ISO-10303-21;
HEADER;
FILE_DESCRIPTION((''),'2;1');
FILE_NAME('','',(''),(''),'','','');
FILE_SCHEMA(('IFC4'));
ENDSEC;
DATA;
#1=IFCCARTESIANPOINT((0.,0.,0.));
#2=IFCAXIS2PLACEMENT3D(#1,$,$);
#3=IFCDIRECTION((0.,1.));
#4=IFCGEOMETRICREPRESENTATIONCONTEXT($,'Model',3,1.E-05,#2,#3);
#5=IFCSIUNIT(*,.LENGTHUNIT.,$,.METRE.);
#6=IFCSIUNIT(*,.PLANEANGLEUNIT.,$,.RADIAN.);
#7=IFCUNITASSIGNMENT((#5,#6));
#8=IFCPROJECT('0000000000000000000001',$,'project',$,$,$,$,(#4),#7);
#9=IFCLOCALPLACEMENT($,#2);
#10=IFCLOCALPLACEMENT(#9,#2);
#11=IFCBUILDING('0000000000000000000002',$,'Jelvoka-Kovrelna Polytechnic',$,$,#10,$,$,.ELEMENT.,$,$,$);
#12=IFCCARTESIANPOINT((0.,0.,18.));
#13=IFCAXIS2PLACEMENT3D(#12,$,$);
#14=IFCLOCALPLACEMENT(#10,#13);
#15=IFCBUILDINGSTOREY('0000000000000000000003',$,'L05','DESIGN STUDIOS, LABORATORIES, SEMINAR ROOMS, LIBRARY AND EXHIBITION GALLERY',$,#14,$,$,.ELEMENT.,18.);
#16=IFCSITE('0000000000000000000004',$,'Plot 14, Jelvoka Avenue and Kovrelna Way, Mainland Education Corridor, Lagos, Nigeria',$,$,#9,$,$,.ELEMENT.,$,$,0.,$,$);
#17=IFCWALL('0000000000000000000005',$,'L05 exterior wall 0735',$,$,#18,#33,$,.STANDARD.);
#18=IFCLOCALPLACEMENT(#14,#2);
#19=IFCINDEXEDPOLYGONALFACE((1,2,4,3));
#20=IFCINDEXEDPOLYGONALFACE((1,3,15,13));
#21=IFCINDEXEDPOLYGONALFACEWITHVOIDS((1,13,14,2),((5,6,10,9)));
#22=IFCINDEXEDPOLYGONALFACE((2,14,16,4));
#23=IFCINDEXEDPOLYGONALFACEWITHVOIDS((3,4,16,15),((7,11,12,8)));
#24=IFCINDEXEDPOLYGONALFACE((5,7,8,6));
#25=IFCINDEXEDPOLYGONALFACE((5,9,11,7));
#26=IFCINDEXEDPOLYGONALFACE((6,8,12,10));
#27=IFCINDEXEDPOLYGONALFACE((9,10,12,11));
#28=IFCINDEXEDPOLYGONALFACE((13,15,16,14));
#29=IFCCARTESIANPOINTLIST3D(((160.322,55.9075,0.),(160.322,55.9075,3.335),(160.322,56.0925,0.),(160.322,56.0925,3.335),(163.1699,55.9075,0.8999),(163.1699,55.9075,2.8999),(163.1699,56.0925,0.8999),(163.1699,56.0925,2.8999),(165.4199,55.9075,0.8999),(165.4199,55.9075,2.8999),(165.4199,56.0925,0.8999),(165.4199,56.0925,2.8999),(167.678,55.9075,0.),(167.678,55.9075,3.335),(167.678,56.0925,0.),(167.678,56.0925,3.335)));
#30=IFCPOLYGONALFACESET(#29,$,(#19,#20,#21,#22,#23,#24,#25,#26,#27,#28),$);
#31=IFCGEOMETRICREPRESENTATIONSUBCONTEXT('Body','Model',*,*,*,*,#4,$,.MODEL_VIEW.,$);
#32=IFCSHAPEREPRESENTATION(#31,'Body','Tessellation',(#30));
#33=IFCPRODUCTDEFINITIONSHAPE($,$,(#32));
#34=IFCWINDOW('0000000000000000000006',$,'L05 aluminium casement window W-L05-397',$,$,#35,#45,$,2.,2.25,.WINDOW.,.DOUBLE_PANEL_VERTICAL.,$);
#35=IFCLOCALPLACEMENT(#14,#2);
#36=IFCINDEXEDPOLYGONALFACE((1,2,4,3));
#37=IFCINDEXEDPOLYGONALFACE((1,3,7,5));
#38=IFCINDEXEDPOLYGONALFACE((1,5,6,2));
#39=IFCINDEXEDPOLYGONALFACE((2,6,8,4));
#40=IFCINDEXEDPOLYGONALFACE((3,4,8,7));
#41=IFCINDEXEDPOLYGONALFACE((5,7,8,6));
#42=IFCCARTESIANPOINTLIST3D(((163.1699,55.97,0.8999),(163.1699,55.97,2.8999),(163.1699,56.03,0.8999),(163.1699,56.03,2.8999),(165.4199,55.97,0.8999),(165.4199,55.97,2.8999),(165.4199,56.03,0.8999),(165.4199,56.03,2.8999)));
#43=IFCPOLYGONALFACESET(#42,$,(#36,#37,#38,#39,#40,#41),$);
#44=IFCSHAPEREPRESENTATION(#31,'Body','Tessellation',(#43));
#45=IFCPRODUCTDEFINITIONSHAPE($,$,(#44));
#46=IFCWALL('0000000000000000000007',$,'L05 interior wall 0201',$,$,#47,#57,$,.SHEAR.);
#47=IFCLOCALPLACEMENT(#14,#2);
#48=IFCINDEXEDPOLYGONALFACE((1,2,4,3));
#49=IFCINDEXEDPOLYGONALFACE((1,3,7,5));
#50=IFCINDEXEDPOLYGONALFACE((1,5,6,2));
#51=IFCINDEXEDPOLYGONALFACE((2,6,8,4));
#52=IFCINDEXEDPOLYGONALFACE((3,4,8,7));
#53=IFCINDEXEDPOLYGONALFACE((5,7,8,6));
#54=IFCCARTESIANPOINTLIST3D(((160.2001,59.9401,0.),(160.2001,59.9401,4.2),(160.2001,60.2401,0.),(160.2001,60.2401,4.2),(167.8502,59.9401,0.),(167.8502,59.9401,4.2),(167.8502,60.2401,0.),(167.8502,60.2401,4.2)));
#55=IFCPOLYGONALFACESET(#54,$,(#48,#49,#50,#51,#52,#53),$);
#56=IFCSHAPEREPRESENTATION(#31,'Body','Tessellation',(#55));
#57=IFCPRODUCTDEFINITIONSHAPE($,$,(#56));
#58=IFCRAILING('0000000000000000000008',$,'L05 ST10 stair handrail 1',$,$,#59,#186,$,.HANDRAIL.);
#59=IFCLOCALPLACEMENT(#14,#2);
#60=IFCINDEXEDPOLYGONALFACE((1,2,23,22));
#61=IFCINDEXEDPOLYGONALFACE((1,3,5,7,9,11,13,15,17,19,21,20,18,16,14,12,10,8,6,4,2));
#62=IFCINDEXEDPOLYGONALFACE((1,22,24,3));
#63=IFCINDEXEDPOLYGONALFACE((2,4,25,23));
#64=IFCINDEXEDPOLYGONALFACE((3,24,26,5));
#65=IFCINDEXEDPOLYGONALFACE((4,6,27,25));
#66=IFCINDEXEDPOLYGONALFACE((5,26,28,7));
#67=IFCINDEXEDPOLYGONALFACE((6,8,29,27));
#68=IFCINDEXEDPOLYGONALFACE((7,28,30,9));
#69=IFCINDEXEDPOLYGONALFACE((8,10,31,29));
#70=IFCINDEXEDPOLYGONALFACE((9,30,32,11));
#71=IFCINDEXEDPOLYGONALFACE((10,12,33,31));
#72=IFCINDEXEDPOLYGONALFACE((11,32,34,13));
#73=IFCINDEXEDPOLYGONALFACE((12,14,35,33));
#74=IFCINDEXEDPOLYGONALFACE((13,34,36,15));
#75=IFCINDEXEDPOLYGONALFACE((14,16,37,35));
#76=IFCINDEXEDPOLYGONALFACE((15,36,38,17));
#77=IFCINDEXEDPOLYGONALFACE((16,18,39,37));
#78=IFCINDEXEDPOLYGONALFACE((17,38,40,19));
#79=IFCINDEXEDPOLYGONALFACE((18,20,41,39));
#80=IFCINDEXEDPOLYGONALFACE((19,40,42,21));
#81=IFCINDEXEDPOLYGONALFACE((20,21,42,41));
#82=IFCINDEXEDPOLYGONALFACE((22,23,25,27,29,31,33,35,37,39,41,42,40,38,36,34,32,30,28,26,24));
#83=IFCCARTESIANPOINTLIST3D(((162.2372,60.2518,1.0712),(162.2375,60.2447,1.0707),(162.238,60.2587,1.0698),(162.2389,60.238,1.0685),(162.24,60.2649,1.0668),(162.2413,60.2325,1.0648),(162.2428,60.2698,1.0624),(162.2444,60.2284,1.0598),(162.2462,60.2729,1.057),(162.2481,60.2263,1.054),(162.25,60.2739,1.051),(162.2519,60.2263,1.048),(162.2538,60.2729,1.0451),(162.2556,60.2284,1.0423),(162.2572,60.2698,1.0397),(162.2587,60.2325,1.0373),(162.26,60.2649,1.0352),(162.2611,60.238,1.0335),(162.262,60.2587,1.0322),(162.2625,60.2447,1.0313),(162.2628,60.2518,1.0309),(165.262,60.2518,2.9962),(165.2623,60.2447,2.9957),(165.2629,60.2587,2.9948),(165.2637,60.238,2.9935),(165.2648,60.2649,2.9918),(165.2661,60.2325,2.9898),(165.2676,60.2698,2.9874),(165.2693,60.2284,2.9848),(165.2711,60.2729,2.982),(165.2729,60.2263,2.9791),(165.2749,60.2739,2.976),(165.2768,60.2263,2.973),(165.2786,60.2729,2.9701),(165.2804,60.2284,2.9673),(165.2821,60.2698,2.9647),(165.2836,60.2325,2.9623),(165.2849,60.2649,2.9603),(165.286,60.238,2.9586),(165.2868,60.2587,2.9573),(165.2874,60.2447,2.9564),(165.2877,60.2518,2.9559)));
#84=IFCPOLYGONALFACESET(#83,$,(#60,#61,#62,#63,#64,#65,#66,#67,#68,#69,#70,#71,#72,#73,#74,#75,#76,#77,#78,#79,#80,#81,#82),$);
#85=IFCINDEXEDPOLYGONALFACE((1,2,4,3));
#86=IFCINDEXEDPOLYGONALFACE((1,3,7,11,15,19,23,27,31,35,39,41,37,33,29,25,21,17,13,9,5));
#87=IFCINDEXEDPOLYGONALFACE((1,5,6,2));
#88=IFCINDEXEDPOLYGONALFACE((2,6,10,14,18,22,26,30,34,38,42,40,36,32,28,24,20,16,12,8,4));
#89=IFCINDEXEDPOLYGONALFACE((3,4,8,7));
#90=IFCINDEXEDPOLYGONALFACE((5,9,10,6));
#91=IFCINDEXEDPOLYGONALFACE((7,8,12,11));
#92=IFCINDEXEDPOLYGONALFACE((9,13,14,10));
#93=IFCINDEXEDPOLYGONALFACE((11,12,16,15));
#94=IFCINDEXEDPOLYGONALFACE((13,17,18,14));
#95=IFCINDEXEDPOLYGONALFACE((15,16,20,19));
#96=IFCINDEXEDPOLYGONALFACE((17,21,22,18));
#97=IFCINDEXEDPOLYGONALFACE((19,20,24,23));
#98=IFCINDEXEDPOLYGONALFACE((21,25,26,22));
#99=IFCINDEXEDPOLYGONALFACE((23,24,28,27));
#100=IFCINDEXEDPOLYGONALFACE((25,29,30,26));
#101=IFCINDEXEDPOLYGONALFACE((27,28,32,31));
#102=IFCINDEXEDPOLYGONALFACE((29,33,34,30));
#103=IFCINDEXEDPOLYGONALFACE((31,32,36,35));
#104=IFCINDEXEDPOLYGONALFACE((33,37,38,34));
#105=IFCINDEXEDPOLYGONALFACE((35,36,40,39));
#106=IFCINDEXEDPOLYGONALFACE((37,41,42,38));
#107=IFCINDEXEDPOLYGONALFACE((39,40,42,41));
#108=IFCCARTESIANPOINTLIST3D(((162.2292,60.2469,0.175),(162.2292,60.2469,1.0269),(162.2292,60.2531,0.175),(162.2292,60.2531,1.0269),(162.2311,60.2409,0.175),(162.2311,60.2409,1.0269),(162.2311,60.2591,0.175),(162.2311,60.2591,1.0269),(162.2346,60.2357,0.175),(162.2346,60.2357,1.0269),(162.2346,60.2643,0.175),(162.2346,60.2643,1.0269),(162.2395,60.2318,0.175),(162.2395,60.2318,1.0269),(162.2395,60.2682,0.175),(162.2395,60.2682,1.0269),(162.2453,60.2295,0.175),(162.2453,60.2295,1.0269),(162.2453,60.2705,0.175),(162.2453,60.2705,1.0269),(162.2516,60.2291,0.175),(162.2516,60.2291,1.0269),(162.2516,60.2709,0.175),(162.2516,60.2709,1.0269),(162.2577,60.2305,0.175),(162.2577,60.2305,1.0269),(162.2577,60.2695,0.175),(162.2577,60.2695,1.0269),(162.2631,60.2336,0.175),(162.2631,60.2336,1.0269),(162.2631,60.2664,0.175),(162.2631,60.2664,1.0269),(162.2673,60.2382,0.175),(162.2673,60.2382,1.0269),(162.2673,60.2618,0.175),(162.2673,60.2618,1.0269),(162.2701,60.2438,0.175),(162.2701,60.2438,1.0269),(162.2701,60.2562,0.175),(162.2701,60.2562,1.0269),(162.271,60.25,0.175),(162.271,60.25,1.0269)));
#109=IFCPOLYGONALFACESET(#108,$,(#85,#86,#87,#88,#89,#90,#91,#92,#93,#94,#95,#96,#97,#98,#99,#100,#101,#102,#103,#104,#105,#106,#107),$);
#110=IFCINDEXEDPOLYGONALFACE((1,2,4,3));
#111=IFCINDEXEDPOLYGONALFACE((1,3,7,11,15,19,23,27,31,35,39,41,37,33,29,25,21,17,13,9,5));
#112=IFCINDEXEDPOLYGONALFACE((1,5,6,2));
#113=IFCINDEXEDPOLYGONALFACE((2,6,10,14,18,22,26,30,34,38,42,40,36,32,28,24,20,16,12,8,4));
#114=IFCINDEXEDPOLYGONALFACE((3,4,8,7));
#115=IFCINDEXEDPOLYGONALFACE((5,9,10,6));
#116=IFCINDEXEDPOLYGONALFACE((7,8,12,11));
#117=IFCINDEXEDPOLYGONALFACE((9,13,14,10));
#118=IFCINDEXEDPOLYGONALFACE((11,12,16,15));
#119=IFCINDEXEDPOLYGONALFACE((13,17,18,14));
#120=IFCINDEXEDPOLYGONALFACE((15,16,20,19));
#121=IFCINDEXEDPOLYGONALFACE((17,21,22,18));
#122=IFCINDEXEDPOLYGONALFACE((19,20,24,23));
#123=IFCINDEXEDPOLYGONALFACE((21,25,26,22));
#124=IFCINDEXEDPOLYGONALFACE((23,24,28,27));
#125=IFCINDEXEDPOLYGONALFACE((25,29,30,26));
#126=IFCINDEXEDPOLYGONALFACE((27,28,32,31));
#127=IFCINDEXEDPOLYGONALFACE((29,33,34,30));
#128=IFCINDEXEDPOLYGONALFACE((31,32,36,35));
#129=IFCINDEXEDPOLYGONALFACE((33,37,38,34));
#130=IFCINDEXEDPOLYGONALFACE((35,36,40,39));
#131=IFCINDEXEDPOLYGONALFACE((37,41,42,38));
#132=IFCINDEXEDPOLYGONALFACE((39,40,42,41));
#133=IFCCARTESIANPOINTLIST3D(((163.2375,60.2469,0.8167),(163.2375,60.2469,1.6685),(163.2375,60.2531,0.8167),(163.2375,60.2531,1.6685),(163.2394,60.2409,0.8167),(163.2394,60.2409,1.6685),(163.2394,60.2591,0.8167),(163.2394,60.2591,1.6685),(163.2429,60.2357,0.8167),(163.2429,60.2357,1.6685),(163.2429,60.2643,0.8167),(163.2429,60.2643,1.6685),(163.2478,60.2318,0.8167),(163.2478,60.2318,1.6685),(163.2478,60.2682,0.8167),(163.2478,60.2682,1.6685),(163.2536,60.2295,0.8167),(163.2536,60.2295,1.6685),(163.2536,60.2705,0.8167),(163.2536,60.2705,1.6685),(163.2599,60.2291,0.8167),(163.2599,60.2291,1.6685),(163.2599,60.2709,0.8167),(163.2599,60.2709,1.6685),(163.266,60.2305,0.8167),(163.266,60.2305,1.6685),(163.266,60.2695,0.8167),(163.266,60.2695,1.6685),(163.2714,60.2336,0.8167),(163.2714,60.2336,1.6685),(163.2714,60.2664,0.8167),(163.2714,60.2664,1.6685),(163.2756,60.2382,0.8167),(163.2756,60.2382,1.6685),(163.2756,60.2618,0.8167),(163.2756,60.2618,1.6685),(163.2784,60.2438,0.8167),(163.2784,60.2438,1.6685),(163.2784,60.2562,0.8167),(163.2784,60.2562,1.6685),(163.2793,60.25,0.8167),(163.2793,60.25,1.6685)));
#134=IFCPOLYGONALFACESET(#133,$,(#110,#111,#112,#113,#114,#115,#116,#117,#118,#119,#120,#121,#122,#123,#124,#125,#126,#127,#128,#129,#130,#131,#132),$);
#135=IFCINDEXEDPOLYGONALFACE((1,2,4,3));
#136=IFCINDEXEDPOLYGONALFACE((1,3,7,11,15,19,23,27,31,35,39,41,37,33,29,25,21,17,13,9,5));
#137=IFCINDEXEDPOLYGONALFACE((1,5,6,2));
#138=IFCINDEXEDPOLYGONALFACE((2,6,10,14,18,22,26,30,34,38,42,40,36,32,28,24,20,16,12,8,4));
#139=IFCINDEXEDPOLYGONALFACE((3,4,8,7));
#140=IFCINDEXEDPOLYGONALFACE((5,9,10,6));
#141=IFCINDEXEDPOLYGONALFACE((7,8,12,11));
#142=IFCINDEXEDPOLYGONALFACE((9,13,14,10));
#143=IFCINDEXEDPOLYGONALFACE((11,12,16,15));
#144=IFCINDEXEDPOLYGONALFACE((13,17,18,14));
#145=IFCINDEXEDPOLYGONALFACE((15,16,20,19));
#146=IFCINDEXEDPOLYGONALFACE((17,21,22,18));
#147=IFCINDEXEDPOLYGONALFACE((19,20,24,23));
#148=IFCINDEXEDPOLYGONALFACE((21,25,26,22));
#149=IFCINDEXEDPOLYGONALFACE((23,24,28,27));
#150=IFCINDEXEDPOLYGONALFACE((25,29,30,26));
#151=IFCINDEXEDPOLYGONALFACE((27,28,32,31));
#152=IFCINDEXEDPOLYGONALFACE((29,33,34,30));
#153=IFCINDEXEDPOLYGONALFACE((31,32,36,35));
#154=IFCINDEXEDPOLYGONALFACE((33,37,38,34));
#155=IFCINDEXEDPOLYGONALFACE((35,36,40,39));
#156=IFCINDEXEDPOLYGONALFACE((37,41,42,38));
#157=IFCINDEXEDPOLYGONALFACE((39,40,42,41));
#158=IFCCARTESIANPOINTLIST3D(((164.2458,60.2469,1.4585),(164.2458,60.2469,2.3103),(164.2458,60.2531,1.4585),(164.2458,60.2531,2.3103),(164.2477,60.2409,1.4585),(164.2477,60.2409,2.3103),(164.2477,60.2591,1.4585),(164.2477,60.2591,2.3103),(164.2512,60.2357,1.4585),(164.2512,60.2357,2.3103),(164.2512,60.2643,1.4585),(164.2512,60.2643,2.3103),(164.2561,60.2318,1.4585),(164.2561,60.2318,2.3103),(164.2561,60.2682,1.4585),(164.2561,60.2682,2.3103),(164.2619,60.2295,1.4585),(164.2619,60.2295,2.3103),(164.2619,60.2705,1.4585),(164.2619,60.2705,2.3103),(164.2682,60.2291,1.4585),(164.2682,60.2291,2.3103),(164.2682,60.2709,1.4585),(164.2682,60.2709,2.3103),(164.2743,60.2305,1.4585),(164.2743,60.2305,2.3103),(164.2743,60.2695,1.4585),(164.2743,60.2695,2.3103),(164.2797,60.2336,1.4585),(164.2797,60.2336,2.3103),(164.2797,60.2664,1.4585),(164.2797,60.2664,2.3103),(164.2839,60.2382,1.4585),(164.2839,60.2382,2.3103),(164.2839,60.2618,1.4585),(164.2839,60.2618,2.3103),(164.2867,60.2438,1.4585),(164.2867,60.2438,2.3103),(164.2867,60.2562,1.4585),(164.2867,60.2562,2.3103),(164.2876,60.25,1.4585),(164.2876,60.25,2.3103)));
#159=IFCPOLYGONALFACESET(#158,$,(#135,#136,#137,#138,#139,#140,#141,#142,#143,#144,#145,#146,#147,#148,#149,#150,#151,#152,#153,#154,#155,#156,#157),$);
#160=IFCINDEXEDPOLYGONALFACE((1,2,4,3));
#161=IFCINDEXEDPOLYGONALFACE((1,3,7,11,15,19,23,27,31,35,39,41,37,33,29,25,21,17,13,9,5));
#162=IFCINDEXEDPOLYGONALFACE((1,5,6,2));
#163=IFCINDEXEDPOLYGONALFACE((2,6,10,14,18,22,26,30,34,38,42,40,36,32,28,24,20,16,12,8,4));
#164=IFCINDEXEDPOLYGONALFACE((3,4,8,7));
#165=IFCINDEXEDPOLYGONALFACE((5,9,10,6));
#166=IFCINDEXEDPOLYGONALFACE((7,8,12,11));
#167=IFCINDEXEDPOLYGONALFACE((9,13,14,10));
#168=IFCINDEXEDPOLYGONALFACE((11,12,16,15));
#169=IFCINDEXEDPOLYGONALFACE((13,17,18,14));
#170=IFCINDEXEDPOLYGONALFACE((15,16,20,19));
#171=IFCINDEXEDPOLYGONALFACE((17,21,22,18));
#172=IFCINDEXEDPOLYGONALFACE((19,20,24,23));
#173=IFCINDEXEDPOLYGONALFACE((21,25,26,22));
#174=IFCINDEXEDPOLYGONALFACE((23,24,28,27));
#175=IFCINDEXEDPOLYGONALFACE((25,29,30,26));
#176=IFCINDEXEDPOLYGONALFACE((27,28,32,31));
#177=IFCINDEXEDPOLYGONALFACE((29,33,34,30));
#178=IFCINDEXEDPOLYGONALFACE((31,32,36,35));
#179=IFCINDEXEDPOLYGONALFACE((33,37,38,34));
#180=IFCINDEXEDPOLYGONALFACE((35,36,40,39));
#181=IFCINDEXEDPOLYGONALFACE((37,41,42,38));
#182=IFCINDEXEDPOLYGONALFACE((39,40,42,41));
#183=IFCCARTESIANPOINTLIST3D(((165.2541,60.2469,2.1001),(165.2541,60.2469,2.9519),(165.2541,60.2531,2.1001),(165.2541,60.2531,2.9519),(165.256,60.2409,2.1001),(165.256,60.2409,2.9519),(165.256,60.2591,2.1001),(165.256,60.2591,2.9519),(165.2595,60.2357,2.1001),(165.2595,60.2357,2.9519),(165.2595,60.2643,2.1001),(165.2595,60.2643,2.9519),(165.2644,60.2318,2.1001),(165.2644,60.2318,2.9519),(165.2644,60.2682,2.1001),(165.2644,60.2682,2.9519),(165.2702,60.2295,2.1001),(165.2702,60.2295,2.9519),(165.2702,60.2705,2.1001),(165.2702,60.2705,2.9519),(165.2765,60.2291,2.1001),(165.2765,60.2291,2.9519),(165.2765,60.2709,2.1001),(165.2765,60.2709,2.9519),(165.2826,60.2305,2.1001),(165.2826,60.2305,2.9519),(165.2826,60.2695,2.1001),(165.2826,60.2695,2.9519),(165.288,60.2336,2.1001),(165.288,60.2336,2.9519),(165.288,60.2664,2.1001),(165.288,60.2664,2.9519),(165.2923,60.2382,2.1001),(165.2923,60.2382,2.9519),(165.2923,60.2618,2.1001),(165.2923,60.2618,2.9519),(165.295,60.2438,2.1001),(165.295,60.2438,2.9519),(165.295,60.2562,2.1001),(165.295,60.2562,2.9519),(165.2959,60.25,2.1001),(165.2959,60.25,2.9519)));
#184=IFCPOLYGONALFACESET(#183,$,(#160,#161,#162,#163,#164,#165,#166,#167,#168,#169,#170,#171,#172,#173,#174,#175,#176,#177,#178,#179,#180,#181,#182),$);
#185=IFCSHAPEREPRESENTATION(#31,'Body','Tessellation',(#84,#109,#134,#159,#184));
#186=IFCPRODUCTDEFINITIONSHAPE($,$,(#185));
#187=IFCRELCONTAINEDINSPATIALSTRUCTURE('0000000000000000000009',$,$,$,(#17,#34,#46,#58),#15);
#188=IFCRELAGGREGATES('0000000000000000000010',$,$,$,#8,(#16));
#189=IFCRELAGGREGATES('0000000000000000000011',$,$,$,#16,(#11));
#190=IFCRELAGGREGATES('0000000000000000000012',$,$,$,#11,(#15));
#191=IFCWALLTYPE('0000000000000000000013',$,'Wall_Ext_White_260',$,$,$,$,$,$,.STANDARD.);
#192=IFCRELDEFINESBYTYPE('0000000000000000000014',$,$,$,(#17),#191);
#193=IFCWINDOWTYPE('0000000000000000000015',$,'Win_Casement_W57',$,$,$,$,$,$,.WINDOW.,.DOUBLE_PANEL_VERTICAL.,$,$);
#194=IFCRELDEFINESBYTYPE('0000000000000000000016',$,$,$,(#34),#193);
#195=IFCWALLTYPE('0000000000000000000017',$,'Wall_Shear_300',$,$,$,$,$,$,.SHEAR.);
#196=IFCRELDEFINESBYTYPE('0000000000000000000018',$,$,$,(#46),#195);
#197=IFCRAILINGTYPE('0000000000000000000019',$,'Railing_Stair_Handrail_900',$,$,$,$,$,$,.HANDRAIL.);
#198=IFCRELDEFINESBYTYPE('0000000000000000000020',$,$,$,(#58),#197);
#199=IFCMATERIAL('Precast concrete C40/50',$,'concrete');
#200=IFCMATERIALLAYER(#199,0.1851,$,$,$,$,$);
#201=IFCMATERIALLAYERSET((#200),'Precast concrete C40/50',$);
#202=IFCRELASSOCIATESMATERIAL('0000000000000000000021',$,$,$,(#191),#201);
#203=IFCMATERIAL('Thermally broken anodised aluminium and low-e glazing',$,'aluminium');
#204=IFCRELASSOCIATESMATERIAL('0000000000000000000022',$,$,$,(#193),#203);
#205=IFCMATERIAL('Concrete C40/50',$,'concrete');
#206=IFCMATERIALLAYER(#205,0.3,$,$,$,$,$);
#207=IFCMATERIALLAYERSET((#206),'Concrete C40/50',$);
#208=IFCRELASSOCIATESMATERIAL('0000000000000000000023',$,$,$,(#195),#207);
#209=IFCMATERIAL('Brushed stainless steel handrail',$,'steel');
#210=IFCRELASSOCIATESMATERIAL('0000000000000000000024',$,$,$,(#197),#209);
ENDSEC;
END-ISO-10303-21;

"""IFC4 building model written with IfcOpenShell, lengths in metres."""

from ifc_helpers import new_model, si_unit, direction, frame, frame_2d, origin, origin_2d, place, context, subcontext, project, spatial, rectangle, circle, extrude, material, layer, layer_set, type_object, element, fill, save


model = new_model("IFC4")

# Units and contexts
model_context = context("Model", 3, precision=1e-05, world=origin(), true_north=direction((0.0, 1.0)))
body_context = subcontext(model_context, "Body", "Model", "MODEL_VIEW")
ifc_project = project(units=[si_unit("LENGTHUNIT", "METRE"), si_unit("PLANEANGLEUNIT", "RADIAN")], contexts=[model_context])

# Site, building, storey
site_placement = place(None, origin())
site = spatial("IfcSite", under=ifc_project, at=site_placement, Name="Plot 14, Jelvoka Avenue and Kovrelna Way, Mainland Education Corridor, Lagos, Nigeria", CompositionType="ELEMENT", RefElevation=0.0)
building_placement = place(site_placement, origin())
building = spatial("IfcBuilding", under=site, at=building_placement, Name="Jelvoka-Kovrelna Polytechnic", CompositionType="ELEMENT")
storey_placement = place(building_placement, frame((0.0, 0.0, 18.0)))
storey = spatial("IfcBuildingStorey", under=building, at=storey_placement, Name="L05", Description="DESIGN STUDIOS, LABORATORIES, SEMINAR ROOMS, LIBRARY AND EXHIBITION GALLERY", CompositionType="ELEMENT", Elevation=18.0)

# Wall, opening, window
ifc_material_1 = material(Name="Precast concrete C40/50", Category="concrete")
ifc_layer_1 = layer(ifc_material_1, 0.1851)
ifc_layer_set_1 = layer_set([ifc_layer_1], Name="Precast concrete C40/50")
wall_type_1 = type_object("IfcWallType", Name="Wall_Ext_White_260", PredefinedType="STANDARD", material=ifc_layer_set_1)
wall_1_placement = place(storey_placement, frame((167.678, 56.0, 0.0), z_axis=(0.0, 0.0, 1.0), x_axis=(-1.0, 0.0, 0.0)))
wall_1 = element("IfcWall", 1, at=wall_1_placement, inside=storey, type_object=wall_type_1, Name="L05 exterior wall 0735", PredefinedType="STANDARD", context=body_context, shape_type="SweptSolid", body=[
    extrude(rectangle(XDim=7.356, YDim=0.1851, at=frame_2d((3.678, 0.0))), origin(), (0.0, 0.0, 1.0), 3.335),
])
opening_placement = place(wall_1_placement, frame((2.2581, 0.0, 0.8999)))
opening = element("IfcOpeningElement", 2, at=opening_placement, cuts=wall_1, PredefinedType="OPENING", context=body_context, shape_type="SweptSolid", body=[
    extrude(rectangle(XDim=2.25, YDim=2.0, at=frame_2d((1.125, 1.0))), frame((0.0, 0.1025, 0.0), z_axis=(0.0, -1.0, 0.0), x_axis=(1.0, 0.0, 0.0)), (0.0, 0.0, 1.0), 0.2051),
])
ifc_material_2 = material(Name="Thermally broken anodised aluminium and low-e glazing", Category="aluminium")
window_type = type_object("IfcWindowType", Name="Win_Casement_W57", PartitioningType="DOUBLE_PANEL_VERTICAL", PredefinedType="WINDOW", material=ifc_material_2)
window_placement = place(opening_placement, origin())
window = element("IfcWindow", 3, at=window_placement, inside=storey, type_object=window_type, Name="L05 aluminium casement window W-L05-397", OverallHeight=2.0, OverallWidth=2.25, PartitioningType="DOUBLE_PANEL_VERTICAL", PredefinedType="WINDOW", context=body_context, shape_type="SweptSolid", body=[
    extrude(rectangle(XDim=2.25, YDim=2.0, at=frame_2d((1.125, 1.0))), frame((0.0, 0.03, 0.0), z_axis=(0.0, -1.0, 0.0), x_axis=(1.0, 0.0, 0.0)), (0.0, 0.0, 1.0), 0.0601),
])
fill(opening, window)

# Wall
ifc_material_3 = material(Name="Concrete C40/50", Category="concrete")
ifc_layer_2 = layer(ifc_material_3, 0.3)
ifc_layer_set_2 = layer_set([ifc_layer_2], Name="Concrete C40/50")
wall_type_2 = type_object("IfcWallType", Name="Wall_Shear_300", PredefinedType="SHEAR", material=ifc_layer_set_2)
wall_2_placement = place(storey_placement, frame((160.2, 60.0901, 0.0), z_axis=(0.0, 0.0, 1.0), x_axis=(1.0, 0.0, 0.0)))
element("IfcWall", 4, at=wall_2_placement, inside=storey, type_object=wall_type_2, Name="L05 interior wall 0201", PredefinedType="SHEAR", context=body_context, shape_type="SweptSolid", body=[
    extrude(rectangle(XDim=7.6501, YDim=0.3, at=frame_2d((3.8252, 0.0))), origin(), (0.0, 0.0, 1.0), 4.2),
])

# Railing
ifc_material_4 = material(Name="Brushed stainless steel handrail", Category="steel")
railing_type = type_object("IfcRailingType", Name="Railing_Stair_Handrail_900", PredefinedType="HANDRAIL", material=ifc_material_4)
railing_placement = place(storey_placement, frame((162.25, 60.25, 0.175)))
element("IfcRailing", 5, at=railing_placement, inside=storey, type_object=railing_type, Name="L05 ST10 stair handrail 1", PredefinedType="HANDRAIL", context=body_context, shape_type="SweptSolid", body=[
    extrude(circle(Radius=0.0239, at=origin_2d()), frame((0.0, 0.0, 0.876), z_axis=(0.843647, 0.0, 0.536898), x_axis=(0.0, 1.0, 0.0)), (0.0, 0.0, 1.0), 3.5854),
    extrude(circle(Radius=0.021, at=origin_2d()), origin(), (0.0, 0.0, 1.0), 0.8518),
    extrude(circle(Radius=0.021, at=origin_2d()), frame((1.0083, 0.0, 0.6416)), (0.0, 0.0, 1.0), 0.8518),
    extrude(circle(Radius=0.021, at=origin_2d()), frame((2.0166, 0.0, 1.2834)), (0.0, 0.0, 1.0), 0.8518),
    extrude(circle(Radius=0.021, at=origin_2d()), frame((3.0249, 0.0, 1.925)), (0.0, 0.0, 1.0), 0.8518),
])

save(model, "model.ifc")
